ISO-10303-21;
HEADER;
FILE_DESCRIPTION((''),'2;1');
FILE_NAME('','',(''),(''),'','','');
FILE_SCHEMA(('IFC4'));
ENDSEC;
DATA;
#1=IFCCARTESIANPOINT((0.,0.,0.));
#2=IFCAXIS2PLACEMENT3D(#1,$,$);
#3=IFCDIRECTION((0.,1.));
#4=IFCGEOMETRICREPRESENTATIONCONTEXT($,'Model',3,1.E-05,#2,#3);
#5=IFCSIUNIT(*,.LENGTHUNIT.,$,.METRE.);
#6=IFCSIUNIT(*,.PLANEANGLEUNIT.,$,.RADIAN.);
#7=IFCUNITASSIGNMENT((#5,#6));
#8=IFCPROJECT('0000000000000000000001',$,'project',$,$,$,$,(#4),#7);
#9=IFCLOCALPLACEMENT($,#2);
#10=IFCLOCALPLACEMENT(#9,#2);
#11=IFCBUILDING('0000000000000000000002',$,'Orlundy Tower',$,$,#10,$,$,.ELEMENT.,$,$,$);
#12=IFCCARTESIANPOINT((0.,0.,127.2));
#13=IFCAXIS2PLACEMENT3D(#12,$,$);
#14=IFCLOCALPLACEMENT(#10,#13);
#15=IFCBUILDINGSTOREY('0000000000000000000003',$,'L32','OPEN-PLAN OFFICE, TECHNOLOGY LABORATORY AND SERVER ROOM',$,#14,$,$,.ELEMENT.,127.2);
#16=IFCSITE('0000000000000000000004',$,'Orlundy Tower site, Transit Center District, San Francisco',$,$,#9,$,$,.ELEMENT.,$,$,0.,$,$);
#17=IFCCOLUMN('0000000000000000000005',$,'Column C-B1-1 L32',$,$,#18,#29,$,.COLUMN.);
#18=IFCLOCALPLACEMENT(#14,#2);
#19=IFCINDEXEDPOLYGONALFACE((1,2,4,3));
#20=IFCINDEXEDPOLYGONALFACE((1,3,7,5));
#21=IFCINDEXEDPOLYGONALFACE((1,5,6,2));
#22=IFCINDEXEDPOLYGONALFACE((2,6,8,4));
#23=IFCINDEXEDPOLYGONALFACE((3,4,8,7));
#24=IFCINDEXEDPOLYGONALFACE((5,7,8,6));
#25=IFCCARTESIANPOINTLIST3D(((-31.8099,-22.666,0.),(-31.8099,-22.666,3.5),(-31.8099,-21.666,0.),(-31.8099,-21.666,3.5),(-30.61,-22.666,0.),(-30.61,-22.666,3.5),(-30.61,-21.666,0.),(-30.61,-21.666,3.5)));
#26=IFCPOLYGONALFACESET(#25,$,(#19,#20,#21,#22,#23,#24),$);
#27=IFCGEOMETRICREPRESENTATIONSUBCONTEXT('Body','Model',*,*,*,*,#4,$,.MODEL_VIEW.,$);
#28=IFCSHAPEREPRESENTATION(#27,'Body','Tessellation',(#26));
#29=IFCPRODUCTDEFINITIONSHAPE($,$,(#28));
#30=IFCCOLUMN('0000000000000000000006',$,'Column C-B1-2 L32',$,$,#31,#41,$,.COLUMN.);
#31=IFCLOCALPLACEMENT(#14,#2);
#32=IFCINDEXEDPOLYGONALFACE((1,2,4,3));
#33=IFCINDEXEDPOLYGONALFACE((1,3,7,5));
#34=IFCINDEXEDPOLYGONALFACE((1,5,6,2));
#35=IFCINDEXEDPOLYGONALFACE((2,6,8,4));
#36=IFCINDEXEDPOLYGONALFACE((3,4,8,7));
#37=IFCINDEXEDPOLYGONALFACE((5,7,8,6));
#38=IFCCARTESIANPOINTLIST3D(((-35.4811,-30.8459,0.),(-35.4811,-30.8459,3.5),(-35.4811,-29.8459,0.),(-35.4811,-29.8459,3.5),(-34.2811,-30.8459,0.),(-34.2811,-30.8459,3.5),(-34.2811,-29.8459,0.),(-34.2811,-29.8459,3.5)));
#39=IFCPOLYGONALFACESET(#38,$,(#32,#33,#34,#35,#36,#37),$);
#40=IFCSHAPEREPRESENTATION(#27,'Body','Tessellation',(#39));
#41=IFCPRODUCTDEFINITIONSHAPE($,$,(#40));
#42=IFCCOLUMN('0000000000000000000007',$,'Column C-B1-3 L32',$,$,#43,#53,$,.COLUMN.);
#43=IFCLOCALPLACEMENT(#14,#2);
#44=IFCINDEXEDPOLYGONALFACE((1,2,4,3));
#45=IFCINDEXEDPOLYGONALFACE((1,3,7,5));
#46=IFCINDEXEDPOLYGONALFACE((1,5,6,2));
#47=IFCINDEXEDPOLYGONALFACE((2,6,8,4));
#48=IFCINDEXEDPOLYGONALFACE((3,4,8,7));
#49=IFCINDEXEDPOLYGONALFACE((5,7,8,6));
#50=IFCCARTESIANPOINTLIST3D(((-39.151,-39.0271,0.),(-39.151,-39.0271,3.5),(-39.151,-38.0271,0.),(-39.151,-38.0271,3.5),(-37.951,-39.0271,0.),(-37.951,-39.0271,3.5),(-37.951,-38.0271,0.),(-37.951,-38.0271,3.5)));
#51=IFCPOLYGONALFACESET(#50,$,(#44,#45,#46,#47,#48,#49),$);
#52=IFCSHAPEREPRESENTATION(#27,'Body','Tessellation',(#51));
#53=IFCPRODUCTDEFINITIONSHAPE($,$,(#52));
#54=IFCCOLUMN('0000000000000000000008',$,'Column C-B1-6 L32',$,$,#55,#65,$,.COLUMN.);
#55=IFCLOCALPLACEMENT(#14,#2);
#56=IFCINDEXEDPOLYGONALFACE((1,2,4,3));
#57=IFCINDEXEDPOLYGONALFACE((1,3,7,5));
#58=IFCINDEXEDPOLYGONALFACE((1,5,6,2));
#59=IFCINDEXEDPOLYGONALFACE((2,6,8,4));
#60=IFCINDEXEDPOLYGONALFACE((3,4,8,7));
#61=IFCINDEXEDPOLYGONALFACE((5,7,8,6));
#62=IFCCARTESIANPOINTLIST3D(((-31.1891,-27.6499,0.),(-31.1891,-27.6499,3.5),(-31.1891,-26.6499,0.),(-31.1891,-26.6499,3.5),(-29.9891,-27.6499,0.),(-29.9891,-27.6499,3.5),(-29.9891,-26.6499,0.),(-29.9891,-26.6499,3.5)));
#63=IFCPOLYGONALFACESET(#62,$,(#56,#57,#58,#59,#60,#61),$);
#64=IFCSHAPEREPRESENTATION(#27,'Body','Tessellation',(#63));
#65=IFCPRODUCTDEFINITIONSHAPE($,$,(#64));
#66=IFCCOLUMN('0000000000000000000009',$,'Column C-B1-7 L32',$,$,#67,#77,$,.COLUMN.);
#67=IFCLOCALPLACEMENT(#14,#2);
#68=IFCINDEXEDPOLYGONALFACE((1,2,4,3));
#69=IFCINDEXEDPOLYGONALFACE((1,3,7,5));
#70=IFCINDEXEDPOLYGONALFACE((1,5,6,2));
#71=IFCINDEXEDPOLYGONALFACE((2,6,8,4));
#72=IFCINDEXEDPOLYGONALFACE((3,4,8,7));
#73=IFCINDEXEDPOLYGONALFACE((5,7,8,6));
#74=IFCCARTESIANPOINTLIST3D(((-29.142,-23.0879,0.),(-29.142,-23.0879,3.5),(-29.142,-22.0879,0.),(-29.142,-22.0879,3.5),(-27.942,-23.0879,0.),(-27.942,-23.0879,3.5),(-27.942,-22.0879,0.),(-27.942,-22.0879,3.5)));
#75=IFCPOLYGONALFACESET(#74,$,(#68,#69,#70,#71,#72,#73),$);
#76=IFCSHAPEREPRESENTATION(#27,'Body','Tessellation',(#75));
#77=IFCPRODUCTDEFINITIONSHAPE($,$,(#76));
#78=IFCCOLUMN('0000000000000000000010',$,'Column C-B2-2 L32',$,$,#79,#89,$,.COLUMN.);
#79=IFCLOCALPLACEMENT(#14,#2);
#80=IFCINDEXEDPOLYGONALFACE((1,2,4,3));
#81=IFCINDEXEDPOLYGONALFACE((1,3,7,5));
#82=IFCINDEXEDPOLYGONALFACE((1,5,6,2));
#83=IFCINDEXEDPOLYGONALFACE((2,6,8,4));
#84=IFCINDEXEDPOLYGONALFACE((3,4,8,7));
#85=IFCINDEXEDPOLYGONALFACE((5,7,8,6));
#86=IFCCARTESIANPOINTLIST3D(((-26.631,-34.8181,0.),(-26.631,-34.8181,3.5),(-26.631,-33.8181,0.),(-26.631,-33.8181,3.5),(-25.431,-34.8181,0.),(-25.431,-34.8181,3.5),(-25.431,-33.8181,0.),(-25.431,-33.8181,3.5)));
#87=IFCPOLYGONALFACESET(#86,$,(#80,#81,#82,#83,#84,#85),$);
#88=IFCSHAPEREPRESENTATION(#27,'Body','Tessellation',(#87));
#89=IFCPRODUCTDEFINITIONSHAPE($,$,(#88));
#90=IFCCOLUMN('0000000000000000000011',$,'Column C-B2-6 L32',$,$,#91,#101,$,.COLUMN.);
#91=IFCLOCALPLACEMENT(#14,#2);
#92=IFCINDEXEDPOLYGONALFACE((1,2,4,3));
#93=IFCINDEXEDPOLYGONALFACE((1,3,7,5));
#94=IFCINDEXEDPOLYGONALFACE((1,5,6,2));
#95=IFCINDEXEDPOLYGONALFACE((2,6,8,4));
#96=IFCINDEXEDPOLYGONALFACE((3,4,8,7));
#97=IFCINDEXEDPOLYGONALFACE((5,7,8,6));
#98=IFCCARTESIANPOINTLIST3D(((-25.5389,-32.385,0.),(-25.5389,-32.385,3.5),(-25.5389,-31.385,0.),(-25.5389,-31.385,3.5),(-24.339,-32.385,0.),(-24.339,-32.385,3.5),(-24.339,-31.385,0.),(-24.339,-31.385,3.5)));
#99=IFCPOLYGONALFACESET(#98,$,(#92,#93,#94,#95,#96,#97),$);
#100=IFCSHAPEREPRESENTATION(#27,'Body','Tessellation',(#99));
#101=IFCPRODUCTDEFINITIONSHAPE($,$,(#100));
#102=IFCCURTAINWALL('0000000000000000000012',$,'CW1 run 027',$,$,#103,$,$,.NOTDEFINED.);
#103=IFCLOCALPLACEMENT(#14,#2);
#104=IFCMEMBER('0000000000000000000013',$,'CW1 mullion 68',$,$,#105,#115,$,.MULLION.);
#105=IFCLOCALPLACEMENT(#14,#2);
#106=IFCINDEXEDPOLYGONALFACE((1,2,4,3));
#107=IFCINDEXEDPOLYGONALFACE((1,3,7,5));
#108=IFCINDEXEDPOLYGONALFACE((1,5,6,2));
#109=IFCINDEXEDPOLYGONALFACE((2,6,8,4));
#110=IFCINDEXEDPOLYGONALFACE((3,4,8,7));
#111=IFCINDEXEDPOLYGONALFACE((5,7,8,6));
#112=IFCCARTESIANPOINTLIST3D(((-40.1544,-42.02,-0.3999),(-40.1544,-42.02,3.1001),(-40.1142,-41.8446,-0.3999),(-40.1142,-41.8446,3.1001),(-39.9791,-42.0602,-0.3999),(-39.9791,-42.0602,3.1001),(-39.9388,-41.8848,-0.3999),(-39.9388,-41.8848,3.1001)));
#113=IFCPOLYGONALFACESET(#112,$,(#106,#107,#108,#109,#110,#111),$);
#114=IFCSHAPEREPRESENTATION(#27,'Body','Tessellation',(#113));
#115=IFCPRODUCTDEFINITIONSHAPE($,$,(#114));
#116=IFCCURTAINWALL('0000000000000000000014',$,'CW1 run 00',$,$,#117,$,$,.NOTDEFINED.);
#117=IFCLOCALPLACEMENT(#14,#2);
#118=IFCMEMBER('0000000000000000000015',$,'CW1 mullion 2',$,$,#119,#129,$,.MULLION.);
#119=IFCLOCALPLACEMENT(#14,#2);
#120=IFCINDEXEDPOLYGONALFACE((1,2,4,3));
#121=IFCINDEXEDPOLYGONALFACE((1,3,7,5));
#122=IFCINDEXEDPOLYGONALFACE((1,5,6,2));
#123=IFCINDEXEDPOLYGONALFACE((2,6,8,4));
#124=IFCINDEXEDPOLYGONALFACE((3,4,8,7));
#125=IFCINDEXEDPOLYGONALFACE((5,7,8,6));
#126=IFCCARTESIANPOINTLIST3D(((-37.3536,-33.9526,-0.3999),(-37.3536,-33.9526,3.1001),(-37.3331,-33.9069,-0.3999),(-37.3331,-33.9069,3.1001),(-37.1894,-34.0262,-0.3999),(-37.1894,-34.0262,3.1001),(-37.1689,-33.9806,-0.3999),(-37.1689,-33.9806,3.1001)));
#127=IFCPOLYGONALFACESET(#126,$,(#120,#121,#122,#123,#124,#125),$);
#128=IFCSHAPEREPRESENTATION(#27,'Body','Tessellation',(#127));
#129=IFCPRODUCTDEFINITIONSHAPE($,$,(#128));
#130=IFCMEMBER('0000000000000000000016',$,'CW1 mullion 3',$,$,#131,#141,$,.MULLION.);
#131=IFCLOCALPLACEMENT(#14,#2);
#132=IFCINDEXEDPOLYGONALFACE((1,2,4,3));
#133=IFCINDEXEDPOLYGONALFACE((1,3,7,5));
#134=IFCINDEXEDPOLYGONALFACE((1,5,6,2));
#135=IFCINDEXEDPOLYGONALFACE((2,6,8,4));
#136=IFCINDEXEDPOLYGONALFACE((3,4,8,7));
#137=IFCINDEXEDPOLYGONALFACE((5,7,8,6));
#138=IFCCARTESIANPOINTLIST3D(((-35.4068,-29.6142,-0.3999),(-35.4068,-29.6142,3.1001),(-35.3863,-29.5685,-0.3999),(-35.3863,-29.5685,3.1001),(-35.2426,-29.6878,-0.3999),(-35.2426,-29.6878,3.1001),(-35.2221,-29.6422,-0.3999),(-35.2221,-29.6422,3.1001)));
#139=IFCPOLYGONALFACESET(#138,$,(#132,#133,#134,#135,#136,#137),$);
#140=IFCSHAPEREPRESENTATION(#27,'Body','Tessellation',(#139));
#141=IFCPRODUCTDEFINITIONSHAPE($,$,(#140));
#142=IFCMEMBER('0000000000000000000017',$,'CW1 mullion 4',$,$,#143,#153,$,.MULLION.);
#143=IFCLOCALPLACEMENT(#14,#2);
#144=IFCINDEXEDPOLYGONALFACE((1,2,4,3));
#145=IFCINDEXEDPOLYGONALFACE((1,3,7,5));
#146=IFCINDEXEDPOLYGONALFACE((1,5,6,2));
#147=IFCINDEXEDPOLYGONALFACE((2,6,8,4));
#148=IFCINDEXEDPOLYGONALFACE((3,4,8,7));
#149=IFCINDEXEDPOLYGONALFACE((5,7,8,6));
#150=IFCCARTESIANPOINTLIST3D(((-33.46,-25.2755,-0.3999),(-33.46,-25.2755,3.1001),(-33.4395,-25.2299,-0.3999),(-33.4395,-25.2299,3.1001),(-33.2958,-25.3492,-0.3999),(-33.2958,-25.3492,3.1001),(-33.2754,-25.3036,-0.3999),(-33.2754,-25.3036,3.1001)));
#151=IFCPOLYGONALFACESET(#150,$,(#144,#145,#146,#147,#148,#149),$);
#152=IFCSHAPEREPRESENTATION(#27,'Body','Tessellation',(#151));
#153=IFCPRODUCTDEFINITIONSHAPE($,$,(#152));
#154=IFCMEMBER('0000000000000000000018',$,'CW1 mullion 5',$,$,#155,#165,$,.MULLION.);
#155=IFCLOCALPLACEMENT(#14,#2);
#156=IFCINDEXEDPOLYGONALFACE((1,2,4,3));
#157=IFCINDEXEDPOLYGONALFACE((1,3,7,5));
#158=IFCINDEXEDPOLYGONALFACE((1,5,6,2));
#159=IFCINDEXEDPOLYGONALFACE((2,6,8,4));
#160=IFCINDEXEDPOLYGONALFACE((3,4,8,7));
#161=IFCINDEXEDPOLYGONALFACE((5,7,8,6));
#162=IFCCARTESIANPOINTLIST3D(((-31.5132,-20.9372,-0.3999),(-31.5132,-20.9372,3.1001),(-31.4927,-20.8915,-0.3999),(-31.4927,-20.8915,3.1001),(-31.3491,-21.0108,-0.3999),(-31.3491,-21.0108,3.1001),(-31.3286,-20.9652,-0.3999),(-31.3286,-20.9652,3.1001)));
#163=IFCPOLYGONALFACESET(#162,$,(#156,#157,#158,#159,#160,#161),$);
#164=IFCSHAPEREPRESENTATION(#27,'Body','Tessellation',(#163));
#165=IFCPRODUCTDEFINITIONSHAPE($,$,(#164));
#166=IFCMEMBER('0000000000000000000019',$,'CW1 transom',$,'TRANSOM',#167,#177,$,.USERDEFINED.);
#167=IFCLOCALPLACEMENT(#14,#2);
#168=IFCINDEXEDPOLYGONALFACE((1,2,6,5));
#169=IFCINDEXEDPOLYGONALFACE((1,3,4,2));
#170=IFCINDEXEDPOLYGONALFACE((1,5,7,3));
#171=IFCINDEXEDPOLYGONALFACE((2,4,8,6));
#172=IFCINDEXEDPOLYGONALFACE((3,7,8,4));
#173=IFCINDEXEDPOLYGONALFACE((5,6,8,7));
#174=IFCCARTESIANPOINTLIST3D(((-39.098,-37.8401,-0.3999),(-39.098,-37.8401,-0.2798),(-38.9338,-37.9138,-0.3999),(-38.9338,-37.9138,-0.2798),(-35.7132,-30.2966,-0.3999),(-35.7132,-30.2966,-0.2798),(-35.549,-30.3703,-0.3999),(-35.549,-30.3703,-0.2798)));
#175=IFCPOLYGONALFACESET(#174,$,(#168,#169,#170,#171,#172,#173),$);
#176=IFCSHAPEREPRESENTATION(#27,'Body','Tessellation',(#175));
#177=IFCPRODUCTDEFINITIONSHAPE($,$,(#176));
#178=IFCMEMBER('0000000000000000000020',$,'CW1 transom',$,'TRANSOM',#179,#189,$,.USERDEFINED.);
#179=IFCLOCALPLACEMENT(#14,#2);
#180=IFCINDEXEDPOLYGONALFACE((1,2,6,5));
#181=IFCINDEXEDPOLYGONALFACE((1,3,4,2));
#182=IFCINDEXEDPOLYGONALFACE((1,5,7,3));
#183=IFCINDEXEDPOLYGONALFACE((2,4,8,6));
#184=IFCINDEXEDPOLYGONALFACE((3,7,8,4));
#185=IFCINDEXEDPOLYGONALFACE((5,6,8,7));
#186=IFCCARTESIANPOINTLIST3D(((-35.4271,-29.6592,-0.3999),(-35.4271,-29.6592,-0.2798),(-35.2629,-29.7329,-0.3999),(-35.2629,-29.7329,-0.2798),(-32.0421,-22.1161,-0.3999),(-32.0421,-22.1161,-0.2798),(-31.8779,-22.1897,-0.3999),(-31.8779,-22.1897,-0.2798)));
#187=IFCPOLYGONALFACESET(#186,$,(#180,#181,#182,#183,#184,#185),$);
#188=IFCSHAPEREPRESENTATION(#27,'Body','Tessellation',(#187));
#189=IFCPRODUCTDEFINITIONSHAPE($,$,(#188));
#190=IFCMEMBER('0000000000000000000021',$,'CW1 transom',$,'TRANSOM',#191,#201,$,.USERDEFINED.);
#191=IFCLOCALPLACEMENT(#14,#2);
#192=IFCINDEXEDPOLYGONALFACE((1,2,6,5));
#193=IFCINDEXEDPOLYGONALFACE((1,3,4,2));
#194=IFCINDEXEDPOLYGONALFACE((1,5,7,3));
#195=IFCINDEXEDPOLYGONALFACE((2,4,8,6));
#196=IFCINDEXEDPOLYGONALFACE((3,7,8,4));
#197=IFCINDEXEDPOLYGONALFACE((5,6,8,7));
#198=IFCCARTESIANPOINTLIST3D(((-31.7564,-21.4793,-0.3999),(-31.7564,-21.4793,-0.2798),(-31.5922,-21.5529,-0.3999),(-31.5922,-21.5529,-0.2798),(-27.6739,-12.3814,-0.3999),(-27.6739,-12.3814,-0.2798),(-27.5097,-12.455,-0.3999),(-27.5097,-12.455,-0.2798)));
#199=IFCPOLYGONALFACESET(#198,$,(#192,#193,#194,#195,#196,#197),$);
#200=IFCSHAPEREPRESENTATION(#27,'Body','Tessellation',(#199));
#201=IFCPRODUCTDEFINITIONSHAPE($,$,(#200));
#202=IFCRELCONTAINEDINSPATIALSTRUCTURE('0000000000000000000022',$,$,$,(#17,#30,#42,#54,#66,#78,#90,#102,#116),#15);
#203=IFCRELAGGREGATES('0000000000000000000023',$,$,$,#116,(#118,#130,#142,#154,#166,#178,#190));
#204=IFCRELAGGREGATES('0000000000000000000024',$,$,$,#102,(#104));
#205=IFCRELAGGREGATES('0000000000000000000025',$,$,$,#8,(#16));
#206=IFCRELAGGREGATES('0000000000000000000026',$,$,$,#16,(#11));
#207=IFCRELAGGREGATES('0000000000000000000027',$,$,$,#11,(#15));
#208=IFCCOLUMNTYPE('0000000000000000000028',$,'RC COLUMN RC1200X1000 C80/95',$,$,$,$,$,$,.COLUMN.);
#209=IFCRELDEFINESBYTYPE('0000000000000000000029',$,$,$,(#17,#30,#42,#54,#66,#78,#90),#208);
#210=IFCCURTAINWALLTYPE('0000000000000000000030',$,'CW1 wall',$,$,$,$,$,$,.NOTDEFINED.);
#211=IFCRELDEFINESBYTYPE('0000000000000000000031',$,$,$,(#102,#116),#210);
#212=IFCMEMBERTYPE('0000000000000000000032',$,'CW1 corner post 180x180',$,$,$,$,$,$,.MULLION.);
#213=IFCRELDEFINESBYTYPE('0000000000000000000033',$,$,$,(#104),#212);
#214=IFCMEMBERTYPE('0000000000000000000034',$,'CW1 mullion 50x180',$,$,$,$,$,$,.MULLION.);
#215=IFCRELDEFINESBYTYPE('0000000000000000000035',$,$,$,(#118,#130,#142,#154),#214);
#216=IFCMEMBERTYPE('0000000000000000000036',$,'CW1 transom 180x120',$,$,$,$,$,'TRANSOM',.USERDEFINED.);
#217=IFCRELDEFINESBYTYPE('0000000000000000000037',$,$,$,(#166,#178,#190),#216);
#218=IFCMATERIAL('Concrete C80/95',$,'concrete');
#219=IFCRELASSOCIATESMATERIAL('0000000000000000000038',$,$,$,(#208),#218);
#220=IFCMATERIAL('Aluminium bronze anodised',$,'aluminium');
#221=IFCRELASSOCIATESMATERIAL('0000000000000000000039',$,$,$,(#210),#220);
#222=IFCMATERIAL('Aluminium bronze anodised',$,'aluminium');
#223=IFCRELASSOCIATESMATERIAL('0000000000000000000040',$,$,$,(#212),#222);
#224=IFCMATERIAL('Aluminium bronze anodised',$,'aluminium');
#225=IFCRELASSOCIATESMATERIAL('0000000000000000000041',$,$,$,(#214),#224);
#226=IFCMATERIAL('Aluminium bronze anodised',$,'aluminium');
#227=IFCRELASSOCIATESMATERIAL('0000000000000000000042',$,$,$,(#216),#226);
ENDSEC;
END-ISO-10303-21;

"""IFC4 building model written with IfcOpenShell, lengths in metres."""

from ifc_helpers import new_model, si_unit, direction, frame, origin, origin_2d, place, context, subcontext, project, spatial, rectangle, extrude, material, material_profile, profile_set, type_object, element, aggregate, save


model = new_model("IFC4")

# Units and contexts
model_context = context("Model", 3, precision=1e-05, world=origin(), true_north=direction((0.0, 1.0)))
body_context = subcontext(model_context, "Body", "Model", "MODEL_VIEW")
ifc_project = project(units=[si_unit("LENGTHUNIT", "METRE"), si_unit("PLANEANGLEUNIT", "RADIAN")], contexts=[model_context])

# Site, building, storey
site_placement = place(None, origin())
site = spatial("IfcSite", under=ifc_project, at=site_placement, Name="Orlundy Tower site, Transit Center District, San Francisco", CompositionType="ELEMENT", RefElevation=0.0)
building_placement = place(site_placement, origin())
building = spatial("IfcBuilding", under=site, at=building_placement, Name="Orlundy Tower", CompositionType="ELEMENT")
storey_placement = place(building_placement, frame((0.0, 0.0, 127.2)))
storey = spatial("IfcBuildingStorey", under=building, at=storey_placement, Name="L32", Description="OPEN-PLAN OFFICE, TECHNOLOGY LABORATORY AND SERVER ROOM", CompositionType="ELEMENT", Elevation=127.2)

# Columns
ifc_material_1 = material(Name="Concrete C80/95", Category="concrete")
ifc_material_profile_1 = material_profile(ifc_material_1, rectangle(XDim=1.2, YDim=1.0, at=origin_2d()), Name="RC1200X1000")
ifc_profile_set_1 = profile_set([ifc_material_profile_1], Name="Concrete C80/95")
column_type = type_object("IfcColumnType", Name="RC COLUMN RC1200X1000 C80/95", PredefinedType="COLUMN", material=ifc_profile_set_1)
for number, where, z_axis, x_axis, name in (
    (1, (-31.21, -22.166, 0.0), (0.0, 0.0, 1.0), (1.0, 0.0, 0.0), "Column C-B1-1 L32"),
    (2, (-34.8811, -30.3459, 0.0), (0.0, 0.0, 1.0), (1.0, 0.0, 0.0), "Column C-B1-2 L32"),
    (3, (-38.551, -38.5271, 0.0), (0.0, 0.0, 1.0), (1.0, 0.0, 0.0), "Column C-B1-3 L32"),
    (4, (-30.5891, -27.1499, 0.0), (0.0, 0.0, 1.0), (1.0, 0.0, 0.0), "Column C-B1-6 L32"),
    (5, (-28.542, -22.5879, 0.0), (0.0, 0.0, 1.0), (1.0, 0.0, 0.0), "Column C-B1-7 L32"),
    (6, (-26.031, -34.3181, 0.0), (0.0, 0.0, 1.0), (1.0, 0.0, 0.0), "Column C-B2-2 L32"),
    (7, (-24.939, -31.885, 0.0), (0.0, 0.0, 1.0), (1.0, 0.0, 0.0), "Column C-B2-6 L32"),
):
    element("IfcColumn", number, at=place(storey_placement, frame(where, z_axis=z_axis, x_axis=x_axis)), inside=storey, type_object=column_type, Name=name, PredefinedType="COLUMN", context=body_context, shape_type="SweptSolid", body=[
        extrude(rectangle(XDim=1.2, YDim=1.0, at=origin_2d()), origin(), (0.0, 0.0, 1.0), 3.5),
    ])

# Curtain wall, member
ifc_material_2 = material(Name="Aluminium bronze anodised", Category="aluminium")
curtain_wall_type = type_object("IfcCurtainWallType", Name="CW1 wall", PredefinedType="NOTDEFINED", material=ifc_material_2)
curtain_wall_1_placement = place(storey_placement, origin())
curtain_wall_1 = element("IfcCurtainWall", 8, at=curtain_wall_1_placement, inside=storey, type_object=curtain_wall_type, Name="CW1 run 027", PredefinedType="NOTDEFINED")
ifc_material_3 = material(Name="Aluminium bronze anodised", Category="aluminium")
ifc_material_profile_2 = material_profile(ifc_material_3, rectangle(XDim=0.1799, YDim=0.1799, at=origin_2d()), Name="CW1 corner post 180x180")
ifc_profile_set_2 = profile_set([ifc_material_profile_2], Name="Aluminium bronze anodised")
member_type_1 = type_object("IfcMemberType", Name="CW1 corner post 180x180", PredefinedType="MULLION", material=ifc_profile_set_2)
member_1_placement = place(storey_placement, frame((-40.0466, -41.9524, -0.3999), z_axis=(0.0, 0.0, 1.0), x_axis=(-0.974672, 0.223638, 0.0)))
member_1 = element("IfcMember", 9, at=member_1_placement, type_object=member_type_1, Name="CW1 mullion 68", PredefinedType="MULLION", context=body_context, shape_type="SweptSolid", body=[
    extrude(rectangle(XDim=0.1799, YDim=0.1799, at=origin_2d()), origin(), (0.0, 0.0, 1.0), 3.5),
])

# Curtain wall, members
curtain_wall_2_placement = place(storey_placement, origin())
curtain_wall_2 = element("IfcCurtainWall", 10, at=curtain_wall_2_placement, inside=storey, type_object=curtain_wall_type, Name="CW1 run 00", PredefinedType="NOTDEFINED")
ifc_material_4 = material(Name="Aluminium bronze anodised", Category="aluminium")
ifc_material_profile_3 = material_profile(ifc_material_4, rectangle(XDim=0.1799, YDim=0.05, at=origin_2d()), Name="CW1 mullion 50x180")
ifc_profile_set_3 = profile_set([ifc_material_profile_3], Name="Aluminium bronze anodised")
member_type_2 = type_object("IfcMemberType", Name="CW1 mullion 50x180", PredefinedType="MULLION", material=ifc_profile_set_3)
member_2_placement = place(storey_placement, frame((-37.2612, -33.9666, -0.3999), z_axis=(0.0, 0.0, 1.0), x_axis=(-0.912353, 0.409404, 0.0)))
member_2 = element("IfcMember", 11, at=member_2_placement, type_object=member_type_2, Name="CW1 mullion 2", PredefinedType="MULLION", context=body_context, shape_type="SweptSolid", body=[
    extrude(rectangle(XDim=0.1799, YDim=0.05, at=origin_2d()), origin(), (0.0, 0.0, 1.0), 3.5),
])
member_3_placement = place(storey_placement, frame((-35.3145, -29.6282, -0.3999), z_axis=(0.0, 0.0, 1.0), x_axis=(-0.912353, 0.409404, 0.0)))
member_3 = element("IfcMember", 12, at=member_3_placement, type_object=member_type_2, Name="CW1 mullion 3", PredefinedType="MULLION", context=body_context, shape_type="SweptSolid", body=[
    extrude(rectangle(XDim=0.1799, YDim=0.05, at=origin_2d()), origin(), (0.0, 0.0, 1.0), 3.5),
])
member_4_placement = place(storey_placement, frame((-33.3677, -25.2896, -0.3999), z_axis=(0.0, 0.0, 1.0), x_axis=(-0.912353, 0.409404, 0.0)))
member_4 = element("IfcMember", 13, at=member_4_placement, type_object=member_type_2, Name="CW1 mullion 4", PredefinedType="MULLION", context=body_context, shape_type="SweptSolid", body=[
    extrude(rectangle(XDim=0.1799, YDim=0.05, at=origin_2d()), origin(), (0.0, 0.0, 1.0), 3.5),
])
member_5_placement = place(storey_placement, frame((-31.4209, -20.9512, -0.3999), z_axis=(0.0, 0.0, 1.0), x_axis=(-0.912353, 0.409404, 0.0)))
member_5 = element("IfcMember", 14, at=member_5_placement, type_object=member_type_2, Name="CW1 mullion 5", PredefinedType="MULLION", context=body_context, shape_type="SweptSolid", body=[
    extrude(rectangle(XDim=0.1799, YDim=0.05, at=origin_2d()), origin(), (0.0, 0.0, 1.0), 3.5),
])
ifc_material_5 = material(Name="Aluminium bronze anodised", Category="aluminium")
ifc_material_profile_4 = material_profile(ifc_material_5, rectangle(XDim=0.1799, YDim=0.1201, at=origin_2d()), Name="CW1 transom 180x120")
ifc_profile_set_4 = profile_set([ifc_material_profile_4], Name="Aluminium bronze anodised")
member_type_3 = type_object("IfcMemberType", Name="CW1 transom 180x120", ElementType="TRANSOM", PredefinedType="USERDEFINED", material=ifc_profile_set_4)
member_6_placement = place(storey_placement, frame((-39.0159, -37.877, -0.3398), z_axis=(0.40938, 0.912364, 0.0), x_axis=(-0.912364, 0.40938, 0.0)))
member_6 = element("IfcMember", 15, at=member_6_placement, type_object=member_type_3, Name="CW1 transom", ObjectType="TRANSOM", PredefinedType="USERDEFINED", context=body_context, shape_type="SweptSolid", body=[
    extrude(rectangle(XDim=0.1799, YDim=0.1201, at=origin_2d()), origin(), (0.0, 0.0, 1.0), 8.2681),
])
member_7_placement = place(storey_placement, frame((-35.345, -29.696, -0.3398), z_axis=(0.409415, 0.912348, 0.0), x_axis=(-0.912348, 0.409415, 0.0)))
member_7 = element("IfcMember", 16, at=member_7_placement, type_object=member_type_3, Name="CW1 transom", ObjectType="TRANSOM", PredefinedType="USERDEFINED", context=body_context, shape_type="SweptSolid", body=[
    extrude(rectangle(XDim=0.1799, YDim=0.1201, at=origin_2d()), origin(), (0.0, 0.0, 1.0), 8.2678),
])
member_8_placement = place(storey_placement, frame((-31.6743, -21.5161, -0.3398), z_axis=(0.409402, 0.912354, 0.0), x_axis=(-0.912354, 0.409402, 0.0)))
member_8 = element("IfcMember", 17, at=member_8_placement, type_object=member_type_3, Name="CW1 transom", ObjectType="TRANSOM", PredefinedType="USERDEFINED", context=body_context, shape_type="SweptSolid", body=[
    extrude(rectangle(XDim=0.1799, YDim=0.1201, at=origin_2d()), origin(), (0.0, 0.0, 1.0), 9.9719),
])

aggregate(curtain_wall_2, [member_2, member_3, member_4, member_5, member_6, member_7, member_8])
aggregate(curtain_wall_1, [member_1])

save(model, "model.ifc")
